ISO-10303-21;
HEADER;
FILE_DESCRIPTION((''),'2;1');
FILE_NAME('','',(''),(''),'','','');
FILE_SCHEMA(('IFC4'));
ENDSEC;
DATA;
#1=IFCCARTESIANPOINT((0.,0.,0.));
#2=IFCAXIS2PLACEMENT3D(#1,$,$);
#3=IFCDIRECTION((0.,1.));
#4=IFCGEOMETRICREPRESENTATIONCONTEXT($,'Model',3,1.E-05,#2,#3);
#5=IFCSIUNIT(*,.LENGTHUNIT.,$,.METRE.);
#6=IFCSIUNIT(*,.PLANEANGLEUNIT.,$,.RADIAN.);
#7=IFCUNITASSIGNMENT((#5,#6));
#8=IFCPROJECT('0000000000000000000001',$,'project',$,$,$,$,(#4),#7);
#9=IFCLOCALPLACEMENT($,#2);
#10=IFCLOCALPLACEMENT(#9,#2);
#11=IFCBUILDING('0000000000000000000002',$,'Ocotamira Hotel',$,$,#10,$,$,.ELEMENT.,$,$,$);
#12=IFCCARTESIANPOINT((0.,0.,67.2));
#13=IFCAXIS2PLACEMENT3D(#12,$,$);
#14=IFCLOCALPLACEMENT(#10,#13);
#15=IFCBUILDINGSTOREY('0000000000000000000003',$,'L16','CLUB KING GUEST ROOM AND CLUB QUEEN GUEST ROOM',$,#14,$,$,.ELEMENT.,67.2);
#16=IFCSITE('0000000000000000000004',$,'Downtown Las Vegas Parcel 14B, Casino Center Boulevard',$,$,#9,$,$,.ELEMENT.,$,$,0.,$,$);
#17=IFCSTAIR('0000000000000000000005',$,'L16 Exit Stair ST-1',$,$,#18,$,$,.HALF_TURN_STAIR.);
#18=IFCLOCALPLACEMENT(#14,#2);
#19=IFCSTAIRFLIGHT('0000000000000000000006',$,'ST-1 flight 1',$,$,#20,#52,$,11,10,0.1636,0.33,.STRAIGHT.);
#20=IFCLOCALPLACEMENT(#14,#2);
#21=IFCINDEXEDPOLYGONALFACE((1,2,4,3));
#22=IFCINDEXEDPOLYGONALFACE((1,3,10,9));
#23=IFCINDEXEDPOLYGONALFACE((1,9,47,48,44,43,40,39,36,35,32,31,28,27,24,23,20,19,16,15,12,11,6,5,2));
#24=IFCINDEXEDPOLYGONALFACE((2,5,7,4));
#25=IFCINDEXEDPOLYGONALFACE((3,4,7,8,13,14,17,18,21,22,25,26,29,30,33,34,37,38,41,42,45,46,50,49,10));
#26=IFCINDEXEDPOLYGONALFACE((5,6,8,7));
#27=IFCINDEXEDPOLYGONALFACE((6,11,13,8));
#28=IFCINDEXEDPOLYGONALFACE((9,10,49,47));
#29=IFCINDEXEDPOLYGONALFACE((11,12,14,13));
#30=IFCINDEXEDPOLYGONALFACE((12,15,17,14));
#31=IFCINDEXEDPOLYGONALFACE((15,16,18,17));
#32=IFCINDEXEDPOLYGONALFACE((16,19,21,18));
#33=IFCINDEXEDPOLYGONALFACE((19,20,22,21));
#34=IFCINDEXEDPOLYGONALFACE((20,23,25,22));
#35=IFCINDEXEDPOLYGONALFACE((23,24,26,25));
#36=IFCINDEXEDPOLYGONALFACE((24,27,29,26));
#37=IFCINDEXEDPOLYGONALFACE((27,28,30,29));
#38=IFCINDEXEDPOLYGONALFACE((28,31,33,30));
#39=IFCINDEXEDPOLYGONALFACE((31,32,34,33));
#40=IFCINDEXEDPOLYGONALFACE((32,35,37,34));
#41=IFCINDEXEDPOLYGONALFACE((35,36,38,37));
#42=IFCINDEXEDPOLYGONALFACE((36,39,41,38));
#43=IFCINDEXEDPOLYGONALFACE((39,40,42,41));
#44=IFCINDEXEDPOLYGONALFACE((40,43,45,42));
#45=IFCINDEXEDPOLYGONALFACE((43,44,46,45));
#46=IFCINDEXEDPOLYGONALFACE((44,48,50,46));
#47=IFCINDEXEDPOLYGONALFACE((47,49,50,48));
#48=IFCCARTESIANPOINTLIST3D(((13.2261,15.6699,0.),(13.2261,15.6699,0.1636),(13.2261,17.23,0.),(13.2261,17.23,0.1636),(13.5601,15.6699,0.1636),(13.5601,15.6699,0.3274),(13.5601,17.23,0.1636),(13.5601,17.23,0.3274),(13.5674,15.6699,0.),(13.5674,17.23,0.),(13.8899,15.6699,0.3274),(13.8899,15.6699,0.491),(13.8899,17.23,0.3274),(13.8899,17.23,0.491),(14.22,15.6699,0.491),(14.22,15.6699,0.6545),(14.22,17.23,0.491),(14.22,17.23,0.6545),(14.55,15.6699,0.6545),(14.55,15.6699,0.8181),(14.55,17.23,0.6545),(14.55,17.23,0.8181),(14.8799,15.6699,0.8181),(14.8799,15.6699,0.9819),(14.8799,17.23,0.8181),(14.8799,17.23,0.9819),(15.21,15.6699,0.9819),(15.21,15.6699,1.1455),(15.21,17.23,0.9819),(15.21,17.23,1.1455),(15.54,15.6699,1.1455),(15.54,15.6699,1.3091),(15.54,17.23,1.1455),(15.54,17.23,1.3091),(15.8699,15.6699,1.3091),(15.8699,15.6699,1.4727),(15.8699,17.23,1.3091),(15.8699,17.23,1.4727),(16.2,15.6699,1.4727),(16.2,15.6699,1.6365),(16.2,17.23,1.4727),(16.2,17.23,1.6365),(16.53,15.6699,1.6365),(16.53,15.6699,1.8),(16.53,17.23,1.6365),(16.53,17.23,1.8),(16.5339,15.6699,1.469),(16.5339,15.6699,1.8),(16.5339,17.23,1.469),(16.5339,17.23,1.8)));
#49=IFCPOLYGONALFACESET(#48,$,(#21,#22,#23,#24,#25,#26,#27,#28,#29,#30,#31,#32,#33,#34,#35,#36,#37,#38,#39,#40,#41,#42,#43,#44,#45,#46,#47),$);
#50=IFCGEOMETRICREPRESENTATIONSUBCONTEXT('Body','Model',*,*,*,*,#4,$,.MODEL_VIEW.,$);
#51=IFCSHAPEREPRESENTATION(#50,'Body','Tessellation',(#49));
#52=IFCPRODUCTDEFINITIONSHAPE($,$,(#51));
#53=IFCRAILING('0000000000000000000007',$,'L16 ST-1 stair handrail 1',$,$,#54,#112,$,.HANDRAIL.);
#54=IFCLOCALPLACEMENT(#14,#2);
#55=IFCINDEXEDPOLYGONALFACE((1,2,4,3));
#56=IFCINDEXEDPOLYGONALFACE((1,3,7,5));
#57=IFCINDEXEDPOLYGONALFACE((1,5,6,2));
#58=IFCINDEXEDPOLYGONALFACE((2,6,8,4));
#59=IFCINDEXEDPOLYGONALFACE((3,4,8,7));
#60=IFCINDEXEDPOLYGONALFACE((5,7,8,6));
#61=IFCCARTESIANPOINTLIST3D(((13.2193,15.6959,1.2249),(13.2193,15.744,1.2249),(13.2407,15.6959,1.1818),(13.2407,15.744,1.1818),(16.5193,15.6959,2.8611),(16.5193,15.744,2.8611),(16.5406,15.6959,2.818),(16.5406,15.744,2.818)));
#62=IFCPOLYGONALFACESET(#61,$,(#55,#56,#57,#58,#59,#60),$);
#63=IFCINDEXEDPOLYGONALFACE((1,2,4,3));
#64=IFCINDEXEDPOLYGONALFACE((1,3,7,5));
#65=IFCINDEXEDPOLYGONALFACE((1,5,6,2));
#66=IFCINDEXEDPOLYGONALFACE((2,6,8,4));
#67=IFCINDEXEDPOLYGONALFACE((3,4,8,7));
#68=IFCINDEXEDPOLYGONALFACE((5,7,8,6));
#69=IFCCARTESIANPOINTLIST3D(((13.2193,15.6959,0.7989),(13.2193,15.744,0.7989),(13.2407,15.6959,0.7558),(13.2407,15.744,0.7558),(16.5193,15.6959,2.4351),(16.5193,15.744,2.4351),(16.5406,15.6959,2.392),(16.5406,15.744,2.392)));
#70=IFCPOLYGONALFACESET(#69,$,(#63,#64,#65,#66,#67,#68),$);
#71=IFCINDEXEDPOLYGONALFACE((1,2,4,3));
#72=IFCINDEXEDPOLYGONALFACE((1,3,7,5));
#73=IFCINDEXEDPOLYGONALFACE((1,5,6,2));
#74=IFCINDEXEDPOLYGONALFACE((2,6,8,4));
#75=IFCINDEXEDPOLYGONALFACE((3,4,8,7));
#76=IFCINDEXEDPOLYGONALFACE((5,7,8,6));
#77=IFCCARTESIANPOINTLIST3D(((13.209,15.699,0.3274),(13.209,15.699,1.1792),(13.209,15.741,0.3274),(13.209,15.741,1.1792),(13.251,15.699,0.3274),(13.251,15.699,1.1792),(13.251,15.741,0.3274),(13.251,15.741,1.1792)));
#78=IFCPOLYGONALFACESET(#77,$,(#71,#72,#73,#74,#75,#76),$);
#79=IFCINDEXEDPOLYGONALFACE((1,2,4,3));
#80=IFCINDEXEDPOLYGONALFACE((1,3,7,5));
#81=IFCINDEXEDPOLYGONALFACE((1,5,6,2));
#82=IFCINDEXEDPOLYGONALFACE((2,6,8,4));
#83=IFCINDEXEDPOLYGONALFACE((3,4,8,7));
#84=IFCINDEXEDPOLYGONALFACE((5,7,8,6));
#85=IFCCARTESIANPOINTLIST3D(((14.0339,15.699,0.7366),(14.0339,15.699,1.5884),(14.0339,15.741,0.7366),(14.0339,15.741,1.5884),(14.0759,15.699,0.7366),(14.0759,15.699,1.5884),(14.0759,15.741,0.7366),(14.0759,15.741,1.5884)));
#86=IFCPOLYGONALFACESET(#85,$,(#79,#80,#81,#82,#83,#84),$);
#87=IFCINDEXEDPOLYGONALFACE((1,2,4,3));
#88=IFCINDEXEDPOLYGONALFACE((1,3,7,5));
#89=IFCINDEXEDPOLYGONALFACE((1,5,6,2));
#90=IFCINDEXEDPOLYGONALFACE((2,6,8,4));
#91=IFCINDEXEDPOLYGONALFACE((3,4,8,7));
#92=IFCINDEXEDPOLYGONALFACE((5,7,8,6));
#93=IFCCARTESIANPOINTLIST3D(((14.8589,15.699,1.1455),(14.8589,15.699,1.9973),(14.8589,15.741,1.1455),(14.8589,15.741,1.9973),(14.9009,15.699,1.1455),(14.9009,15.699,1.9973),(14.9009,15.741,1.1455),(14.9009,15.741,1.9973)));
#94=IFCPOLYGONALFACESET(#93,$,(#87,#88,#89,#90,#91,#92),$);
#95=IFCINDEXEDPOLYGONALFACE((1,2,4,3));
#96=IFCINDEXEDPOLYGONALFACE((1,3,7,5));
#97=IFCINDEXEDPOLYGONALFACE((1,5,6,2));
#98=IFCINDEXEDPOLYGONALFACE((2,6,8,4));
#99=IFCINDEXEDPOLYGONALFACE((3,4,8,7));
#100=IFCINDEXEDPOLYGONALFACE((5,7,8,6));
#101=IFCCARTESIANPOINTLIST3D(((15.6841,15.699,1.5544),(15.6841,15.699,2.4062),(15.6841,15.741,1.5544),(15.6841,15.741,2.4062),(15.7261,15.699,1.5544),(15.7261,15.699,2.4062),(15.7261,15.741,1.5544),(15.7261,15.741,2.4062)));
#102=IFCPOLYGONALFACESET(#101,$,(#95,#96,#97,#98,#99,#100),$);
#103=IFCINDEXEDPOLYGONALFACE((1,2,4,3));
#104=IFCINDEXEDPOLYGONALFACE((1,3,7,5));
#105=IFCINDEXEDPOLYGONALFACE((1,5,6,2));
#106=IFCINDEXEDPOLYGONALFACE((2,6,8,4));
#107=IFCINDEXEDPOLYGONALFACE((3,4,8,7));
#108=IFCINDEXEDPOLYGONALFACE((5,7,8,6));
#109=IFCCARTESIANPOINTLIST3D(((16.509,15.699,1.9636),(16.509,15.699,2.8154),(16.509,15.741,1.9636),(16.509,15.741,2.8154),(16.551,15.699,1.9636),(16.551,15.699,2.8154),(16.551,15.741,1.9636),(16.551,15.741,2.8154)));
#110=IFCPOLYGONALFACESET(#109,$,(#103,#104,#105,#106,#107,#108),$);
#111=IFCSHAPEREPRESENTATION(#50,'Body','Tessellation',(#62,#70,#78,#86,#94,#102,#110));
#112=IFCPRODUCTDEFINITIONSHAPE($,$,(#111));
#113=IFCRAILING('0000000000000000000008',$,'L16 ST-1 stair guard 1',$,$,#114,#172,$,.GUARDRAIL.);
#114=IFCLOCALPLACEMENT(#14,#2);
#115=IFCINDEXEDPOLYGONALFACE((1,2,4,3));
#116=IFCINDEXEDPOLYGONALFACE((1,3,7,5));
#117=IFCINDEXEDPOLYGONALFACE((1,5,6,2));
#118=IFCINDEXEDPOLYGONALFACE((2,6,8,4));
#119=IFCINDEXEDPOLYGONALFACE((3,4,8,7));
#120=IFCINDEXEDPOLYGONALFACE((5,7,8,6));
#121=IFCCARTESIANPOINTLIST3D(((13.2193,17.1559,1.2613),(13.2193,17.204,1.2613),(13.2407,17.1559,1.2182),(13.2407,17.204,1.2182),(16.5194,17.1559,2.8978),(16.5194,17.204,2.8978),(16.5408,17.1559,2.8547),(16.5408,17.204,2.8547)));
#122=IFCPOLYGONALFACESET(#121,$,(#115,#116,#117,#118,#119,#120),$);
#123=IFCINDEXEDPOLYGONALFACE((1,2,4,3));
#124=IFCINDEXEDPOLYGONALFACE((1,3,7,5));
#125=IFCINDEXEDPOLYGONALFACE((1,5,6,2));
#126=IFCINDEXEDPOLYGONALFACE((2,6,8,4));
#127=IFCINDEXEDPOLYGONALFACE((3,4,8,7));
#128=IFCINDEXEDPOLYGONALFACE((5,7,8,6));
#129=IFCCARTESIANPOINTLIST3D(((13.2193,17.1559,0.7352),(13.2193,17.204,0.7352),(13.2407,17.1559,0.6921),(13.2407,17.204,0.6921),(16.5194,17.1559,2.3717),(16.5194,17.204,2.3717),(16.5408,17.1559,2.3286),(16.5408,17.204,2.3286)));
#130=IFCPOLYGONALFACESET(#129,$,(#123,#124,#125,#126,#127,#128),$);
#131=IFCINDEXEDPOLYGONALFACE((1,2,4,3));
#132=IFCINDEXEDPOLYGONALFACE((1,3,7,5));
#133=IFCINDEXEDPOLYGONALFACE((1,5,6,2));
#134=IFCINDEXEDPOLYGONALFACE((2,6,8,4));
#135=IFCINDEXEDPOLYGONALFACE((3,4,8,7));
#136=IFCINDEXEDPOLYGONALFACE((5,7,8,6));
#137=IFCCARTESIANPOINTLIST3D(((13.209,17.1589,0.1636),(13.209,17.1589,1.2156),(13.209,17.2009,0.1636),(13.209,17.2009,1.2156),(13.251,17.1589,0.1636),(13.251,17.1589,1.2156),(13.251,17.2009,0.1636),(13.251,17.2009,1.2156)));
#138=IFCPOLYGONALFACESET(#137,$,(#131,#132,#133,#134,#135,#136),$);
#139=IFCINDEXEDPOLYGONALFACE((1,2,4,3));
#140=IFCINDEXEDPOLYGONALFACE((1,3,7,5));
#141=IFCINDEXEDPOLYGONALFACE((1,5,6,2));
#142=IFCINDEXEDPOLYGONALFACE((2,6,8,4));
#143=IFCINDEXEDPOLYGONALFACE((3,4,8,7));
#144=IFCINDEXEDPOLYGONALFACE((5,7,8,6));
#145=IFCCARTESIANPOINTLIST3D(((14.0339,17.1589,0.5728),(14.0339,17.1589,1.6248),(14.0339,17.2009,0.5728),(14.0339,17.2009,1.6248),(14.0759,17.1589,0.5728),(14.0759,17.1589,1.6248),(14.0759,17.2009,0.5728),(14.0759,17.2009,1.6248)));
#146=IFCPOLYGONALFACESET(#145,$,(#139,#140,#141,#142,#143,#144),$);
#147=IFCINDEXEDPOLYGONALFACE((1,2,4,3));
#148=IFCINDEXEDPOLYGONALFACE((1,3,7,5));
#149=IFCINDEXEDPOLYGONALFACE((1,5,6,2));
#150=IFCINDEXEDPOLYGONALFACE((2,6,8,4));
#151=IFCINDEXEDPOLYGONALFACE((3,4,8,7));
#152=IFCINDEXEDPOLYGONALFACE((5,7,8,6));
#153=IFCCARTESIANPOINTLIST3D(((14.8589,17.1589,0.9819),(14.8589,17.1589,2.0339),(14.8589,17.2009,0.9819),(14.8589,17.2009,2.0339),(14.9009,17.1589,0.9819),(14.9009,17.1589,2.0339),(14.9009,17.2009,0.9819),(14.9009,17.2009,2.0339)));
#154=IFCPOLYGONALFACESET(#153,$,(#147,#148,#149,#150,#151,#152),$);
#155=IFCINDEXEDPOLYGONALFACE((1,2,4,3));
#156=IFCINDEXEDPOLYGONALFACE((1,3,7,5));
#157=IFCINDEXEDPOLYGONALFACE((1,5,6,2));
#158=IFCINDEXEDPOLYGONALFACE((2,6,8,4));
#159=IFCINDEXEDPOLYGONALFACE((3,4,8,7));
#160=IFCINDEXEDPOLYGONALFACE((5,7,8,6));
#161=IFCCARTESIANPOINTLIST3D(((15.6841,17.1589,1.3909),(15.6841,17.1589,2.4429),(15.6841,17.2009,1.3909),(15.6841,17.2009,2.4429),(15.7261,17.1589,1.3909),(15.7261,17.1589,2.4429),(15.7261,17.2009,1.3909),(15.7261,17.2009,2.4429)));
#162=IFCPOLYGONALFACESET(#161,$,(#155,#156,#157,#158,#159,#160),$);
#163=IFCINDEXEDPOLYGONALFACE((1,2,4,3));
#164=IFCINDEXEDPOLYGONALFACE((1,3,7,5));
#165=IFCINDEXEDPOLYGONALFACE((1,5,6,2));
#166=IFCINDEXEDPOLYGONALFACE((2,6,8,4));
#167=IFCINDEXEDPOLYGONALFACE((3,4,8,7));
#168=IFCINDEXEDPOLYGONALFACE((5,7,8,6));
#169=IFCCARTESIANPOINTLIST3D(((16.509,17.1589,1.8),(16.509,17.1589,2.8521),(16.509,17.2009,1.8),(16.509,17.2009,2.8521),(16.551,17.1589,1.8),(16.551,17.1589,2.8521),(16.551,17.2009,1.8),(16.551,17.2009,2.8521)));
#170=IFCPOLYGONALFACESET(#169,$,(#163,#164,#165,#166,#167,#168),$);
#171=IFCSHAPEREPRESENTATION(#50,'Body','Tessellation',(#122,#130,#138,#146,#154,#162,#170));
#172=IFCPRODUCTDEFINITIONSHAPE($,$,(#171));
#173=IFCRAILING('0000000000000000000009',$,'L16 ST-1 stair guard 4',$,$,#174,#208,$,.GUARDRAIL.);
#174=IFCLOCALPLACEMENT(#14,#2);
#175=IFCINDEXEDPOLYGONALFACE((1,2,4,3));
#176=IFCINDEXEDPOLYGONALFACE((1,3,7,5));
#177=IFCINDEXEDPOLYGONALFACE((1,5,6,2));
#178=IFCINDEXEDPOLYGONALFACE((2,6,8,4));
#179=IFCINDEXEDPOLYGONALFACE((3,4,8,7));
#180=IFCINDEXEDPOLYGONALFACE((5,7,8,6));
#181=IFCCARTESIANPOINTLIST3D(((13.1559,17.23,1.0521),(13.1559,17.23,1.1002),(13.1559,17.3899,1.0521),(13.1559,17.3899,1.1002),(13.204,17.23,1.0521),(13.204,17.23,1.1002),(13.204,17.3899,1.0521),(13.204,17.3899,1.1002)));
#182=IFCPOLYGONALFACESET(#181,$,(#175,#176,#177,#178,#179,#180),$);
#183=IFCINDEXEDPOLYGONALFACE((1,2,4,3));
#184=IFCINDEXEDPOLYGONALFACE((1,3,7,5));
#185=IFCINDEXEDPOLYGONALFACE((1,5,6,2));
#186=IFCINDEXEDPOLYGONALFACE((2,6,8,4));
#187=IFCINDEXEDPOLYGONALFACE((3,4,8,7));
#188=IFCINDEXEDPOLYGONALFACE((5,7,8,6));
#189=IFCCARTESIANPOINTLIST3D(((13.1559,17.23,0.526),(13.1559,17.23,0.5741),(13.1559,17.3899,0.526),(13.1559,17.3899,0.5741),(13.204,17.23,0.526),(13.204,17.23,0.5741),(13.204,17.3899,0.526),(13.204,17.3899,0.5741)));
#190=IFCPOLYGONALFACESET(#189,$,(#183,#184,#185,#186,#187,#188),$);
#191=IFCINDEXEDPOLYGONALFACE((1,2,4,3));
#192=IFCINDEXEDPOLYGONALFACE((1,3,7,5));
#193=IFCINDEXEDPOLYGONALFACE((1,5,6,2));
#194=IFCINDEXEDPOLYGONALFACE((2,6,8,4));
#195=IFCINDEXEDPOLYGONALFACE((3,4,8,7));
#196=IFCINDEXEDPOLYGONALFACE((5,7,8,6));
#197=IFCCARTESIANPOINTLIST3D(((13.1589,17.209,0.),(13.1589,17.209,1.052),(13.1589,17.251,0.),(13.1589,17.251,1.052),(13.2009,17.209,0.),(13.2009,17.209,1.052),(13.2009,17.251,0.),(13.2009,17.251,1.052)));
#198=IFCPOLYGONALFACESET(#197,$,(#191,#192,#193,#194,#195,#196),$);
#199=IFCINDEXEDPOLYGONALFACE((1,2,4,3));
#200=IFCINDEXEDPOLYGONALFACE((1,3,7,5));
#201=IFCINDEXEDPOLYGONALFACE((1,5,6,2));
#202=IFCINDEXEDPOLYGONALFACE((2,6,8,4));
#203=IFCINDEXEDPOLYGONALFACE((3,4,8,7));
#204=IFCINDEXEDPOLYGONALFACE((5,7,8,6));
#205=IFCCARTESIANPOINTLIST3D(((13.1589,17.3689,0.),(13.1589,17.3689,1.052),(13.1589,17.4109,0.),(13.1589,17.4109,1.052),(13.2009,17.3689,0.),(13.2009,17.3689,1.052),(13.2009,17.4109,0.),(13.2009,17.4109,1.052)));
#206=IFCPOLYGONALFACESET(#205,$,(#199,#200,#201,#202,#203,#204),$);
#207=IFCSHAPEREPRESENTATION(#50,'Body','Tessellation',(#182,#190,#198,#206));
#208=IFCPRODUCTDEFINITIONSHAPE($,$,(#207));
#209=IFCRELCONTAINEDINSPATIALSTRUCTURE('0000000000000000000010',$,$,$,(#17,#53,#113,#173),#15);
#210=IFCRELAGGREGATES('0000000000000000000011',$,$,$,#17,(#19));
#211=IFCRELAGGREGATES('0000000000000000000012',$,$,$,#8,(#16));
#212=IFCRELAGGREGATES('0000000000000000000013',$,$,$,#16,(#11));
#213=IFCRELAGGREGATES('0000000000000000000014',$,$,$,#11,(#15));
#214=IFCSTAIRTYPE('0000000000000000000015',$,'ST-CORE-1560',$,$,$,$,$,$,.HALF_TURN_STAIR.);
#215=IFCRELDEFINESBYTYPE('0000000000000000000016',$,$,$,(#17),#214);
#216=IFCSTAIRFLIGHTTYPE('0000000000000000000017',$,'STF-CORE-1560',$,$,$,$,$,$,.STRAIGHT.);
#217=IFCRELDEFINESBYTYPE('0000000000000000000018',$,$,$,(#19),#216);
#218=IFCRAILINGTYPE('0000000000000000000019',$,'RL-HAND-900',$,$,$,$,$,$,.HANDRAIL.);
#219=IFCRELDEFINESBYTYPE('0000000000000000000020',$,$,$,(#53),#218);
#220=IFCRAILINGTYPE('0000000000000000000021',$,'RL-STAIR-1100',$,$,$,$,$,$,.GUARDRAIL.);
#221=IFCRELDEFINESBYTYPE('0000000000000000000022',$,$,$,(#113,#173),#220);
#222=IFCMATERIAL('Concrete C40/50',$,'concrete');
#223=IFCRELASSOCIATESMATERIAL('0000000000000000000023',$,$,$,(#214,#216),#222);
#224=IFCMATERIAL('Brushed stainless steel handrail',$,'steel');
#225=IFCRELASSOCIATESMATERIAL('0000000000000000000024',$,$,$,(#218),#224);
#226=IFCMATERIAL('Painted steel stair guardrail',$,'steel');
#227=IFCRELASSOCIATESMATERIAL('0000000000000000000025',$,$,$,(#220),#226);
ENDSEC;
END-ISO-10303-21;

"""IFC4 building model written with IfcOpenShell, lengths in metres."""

from ifc_helpers import new_model, si_unit, direction, frame, origin, origin_2d, place, context, subcontext, project, spatial, polyline, rectangle, outline, extrude, source, transform, mapped, material, type_object, element, aggregate, save


model = new_model("IFC4")

# Units and contexts
model_context = context("Model", 3, precision=1e-05, world=origin(), true_north=direction((0.0, 1.0)))
body_context = subcontext(model_context, "Body", "Model", "MODEL_VIEW")
ifc_project = project(units=[si_unit("LENGTHUNIT", "METRE"), si_unit("PLANEANGLEUNIT", "RADIAN")], contexts=[model_context])

# Site, building, storey
site_placement = place(None, origin())
site = spatial("IfcSite", under=ifc_project, at=site_placement, Name="Downtown Las Vegas Parcel 14B, Casino Center Boulevard", CompositionType="ELEMENT", RefElevation=0.0)
building_placement = place(site_placement, origin())
building = spatial("IfcBuilding", under=site, at=building_placement, Name="Ocotamira Hotel", CompositionType="ELEMENT")
storey_placement = place(building_placement, frame((0.0, 0.0, 67.2)))
storey = spatial("IfcBuildingStorey", under=building, at=storey_placement, Name="L16", Description="CLUB KING GUEST ROOM AND CLUB QUEEN GUEST ROOM", CompositionType="ELEMENT", Elevation=67.2)

# Stair, stair flight
ifc_material_1 = material(Name="Concrete C40/50", Category="concrete")
stair_type = type_object("IfcStairType", Name="ST-CORE-1560", PredefinedType="HALF_TURN_STAIR", material=ifc_material_1)
stair_placement = place(storey_placement, origin())
stair = element("IfcStair", 1, at=stair_placement, inside=storey, type_object=stair_type, Name="L16 Exit Stair ST-1", PredefinedType="HALF_TURN_STAIR")
stair_flight_type = type_object("IfcStairFlightType", Name="STF-CORE-1560", PredefinedType="STRAIGHT", material=ifc_material_1)
shared_shape_1 = source(origin(), body_context, "Body", "SweptSolid", [
    extrude(outline(polyline([(-0.0039, 0.0), (-0.0039, 0.1636), (0.3301, 0.1636), (0.3301, 0.3274), (0.6599, 0.3274), (0.6599, 0.491), (0.99, 0.491), (0.99, 0.6545), (1.3201, 0.6545), (1.3201, 0.8181), (1.6499, 0.8181), (1.6499, 0.9819), (1.98, 0.9819), (1.98, 1.1455), (2.3101, 1.1455), (2.3101, 1.3091), (2.6399, 1.3091), (2.6399, 1.4727), (2.97, 1.4727), (2.97, 1.6365), (3.3, 1.6365), (3.3, 1.8), (3.304, 1.8), (3.304, 1.469), (0.3374, 0.0), (-0.0039, 0.0)])), frame((0.0, 0.78, 0.0), z_axis=(0.0, -1.0, 0.0), x_axis=(1.0, 0.0, 0.0)), (0.0, 0.0, 1.0), 1.5601),
])
stair_flight_placement = place(storey_placement, frame((13.23, 16.45, 0.0), z_axis=(0.0, 0.0, 1.0), x_axis=(1.0, 0.0, 0.0)))
stair_flight = element("IfcStairFlight", 2, at=stair_flight_placement, type_object=stair_flight_type, Name="ST-1 flight 1", NumberOfRisers=11, NumberOfTreads=10, PredefinedType="STRAIGHT", RiserHeight=0.1636, TreadLength=0.33, context=body_context, shape_type="MappedRepresentation", body=[
    mapped(shared_shape_1, transform((0.0, 0.0, 0.0), scale=1.0)),
])
aggregate(stair, [stair_flight])

# Railings
ifc_material_2 = material(Name="Brushed stainless steel handrail", Category="steel")
railing_type_1 = type_object("IfcRailingType", Name="RL-HAND-900", PredefinedType="HANDRAIL", material=ifc_material_2)
railing_1_placement = place(storey_placement, frame((13.23, 15.72, 0.3274)))
element("IfcRailing", 3, at=railing_1_placement, inside=storey, type_object=railing_type_1, Name="L16 ST-1 stair handrail 1", PredefinedType="HANDRAIL", context=body_context, shape_type="SweptSolid", body=[
    extrude(rectangle(XDim=0.0481, YDim=0.0481, at=origin_2d()), frame((0.0, 0.0, 0.876), z_axis=(0.89592, 0.0, 0.444215), x_axis=(0.0, 1.0, 0.0)), (0.0, 0.0, 1.0), 3.6833),
    extrude(rectangle(XDim=0.0481, YDim=0.0481, at=origin_2d()), frame((0.0, 0.0, 0.45), z_axis=(0.89592, 0.0, 0.444215), x_axis=(0.0, 1.0, 0.0)), (0.0, 0.0, 1.0), 3.6833),
    extrude(rectangle(XDim=0.042, YDim=0.042, at=origin_2d()), origin(), (0.0, 0.0, 1.0), 0.8518),
    extrude(rectangle(XDim=0.042, YDim=0.042, at=origin_2d()), frame((0.825, 0.0, 0.4092)), (0.0, 0.0, 1.0), 0.8518),
    extrude(rectangle(XDim=0.042, YDim=0.042, at=origin_2d()), frame((1.6499, 0.0, 0.8181)), (0.0, 0.0, 1.0), 0.8518),
    extrude(rectangle(XDim=0.042, YDim=0.042, at=origin_2d()), frame((2.4751, 0.0, 1.2271)), (0.0, 0.0, 1.0), 0.8518),
    extrude(rectangle(XDim=0.042, YDim=0.042, at=origin_2d()), frame((3.3, 0.0, 1.6362)), (0.0, 0.0, 1.0), 0.8518),
])
ifc_material_3 = material(Name="Painted steel stair guardrail", Category="steel")
railing_type_2 = type_object("IfcRailingType", Name="RL-STAIR-1100", PredefinedType="GUARDRAIL", material=ifc_material_3)
railing_2_placement = place(storey_placement, frame((13.23, 17.1799, 0.1636)))
element("IfcRailing", 4, at=railing_2_placement, inside=storey, type_object=railing_type_2, Name="L16 ST-1 stair guard 1", PredefinedType="GUARDRAIL", context=body_context, shape_type="SweptSolid", body=[
    extrude(rectangle(XDim=0.0481, YDim=0.0481, at=origin_2d()), frame((0.0, 0.0, 1.0762), z_axis=(0.895894, 0.0, 0.444268), x_axis=(0.0, 1.0, 0.0)), (0.0, 0.0, 1.0), 3.6836),
    extrude(rectangle(XDim=0.0481, YDim=0.0481, at=origin_2d()), frame((0.0, 0.0, 0.55), z_axis=(0.895894, 0.0, 0.444268), x_axis=(0.0, 1.0, 0.0)), (0.0, 0.0, 1.0), 3.6836),
    extrude(rectangle(XDim=0.042, YDim=0.042, at=origin_2d()), origin(), (0.0, 0.0, 1.0), 1.052),
    extrude(rectangle(XDim=0.042, YDim=0.042, at=origin_2d()), frame((0.825, 0.0, 0.4092)), (0.0, 0.0, 1.0), 1.052),
    extrude(rectangle(XDim=0.042, YDim=0.042, at=origin_2d()), frame((1.6499, 0.0, 0.8184)), (0.0, 0.0, 1.0), 1.052),
    extrude(rectangle(XDim=0.042, YDim=0.042, at=origin_2d()), frame((2.4751, 0.0, 1.2273)), (0.0, 0.0, 1.0), 1.052),
    extrude(rectangle(XDim=0.042, YDim=0.042, at=origin_2d()), frame((3.3, 0.0, 1.6365)), (0.0, 0.0, 1.0), 1.052),
])
railing_3_placement = place(storey_placement, frame((13.1799, 17.23, 0.0)))
element("IfcRailing", 5, at=railing_3_placement, inside=storey, type_object=railing_type_2, Name="L16 ST-1 stair guard 4", PredefinedType="GUARDRAIL", context=body_context, shape_type="SweptSolid", body=[
    extrude(rectangle(XDim=0.0481, YDim=0.0481, at=origin_2d()), frame((0.0, 0.0, 1.0762), z_axis=(0.0, 1.0, 0.0), x_axis=(-1.0, 0.0, 0.0)), (0.0, 0.0, 1.0), 0.1599),
    extrude(rectangle(XDim=0.0481, YDim=0.0481, at=origin_2d()), frame((0.0, 0.0, 0.55), z_axis=(0.0, 1.0, 0.0), x_axis=(-1.0, 0.0, 0.0)), (0.0, 0.0, 1.0), 0.1599),
    extrude(rectangle(XDim=0.042, YDim=0.042, at=origin_2d()), origin(), (0.0, 0.0, 1.0), 1.052),
    extrude(rectangle(XDim=0.042, YDim=0.042, at=origin_2d()), frame((0.0, 0.1599, 0.0)), (0.0, 0.0, 1.0), 1.052),
])

save(model, "model.ifc")
